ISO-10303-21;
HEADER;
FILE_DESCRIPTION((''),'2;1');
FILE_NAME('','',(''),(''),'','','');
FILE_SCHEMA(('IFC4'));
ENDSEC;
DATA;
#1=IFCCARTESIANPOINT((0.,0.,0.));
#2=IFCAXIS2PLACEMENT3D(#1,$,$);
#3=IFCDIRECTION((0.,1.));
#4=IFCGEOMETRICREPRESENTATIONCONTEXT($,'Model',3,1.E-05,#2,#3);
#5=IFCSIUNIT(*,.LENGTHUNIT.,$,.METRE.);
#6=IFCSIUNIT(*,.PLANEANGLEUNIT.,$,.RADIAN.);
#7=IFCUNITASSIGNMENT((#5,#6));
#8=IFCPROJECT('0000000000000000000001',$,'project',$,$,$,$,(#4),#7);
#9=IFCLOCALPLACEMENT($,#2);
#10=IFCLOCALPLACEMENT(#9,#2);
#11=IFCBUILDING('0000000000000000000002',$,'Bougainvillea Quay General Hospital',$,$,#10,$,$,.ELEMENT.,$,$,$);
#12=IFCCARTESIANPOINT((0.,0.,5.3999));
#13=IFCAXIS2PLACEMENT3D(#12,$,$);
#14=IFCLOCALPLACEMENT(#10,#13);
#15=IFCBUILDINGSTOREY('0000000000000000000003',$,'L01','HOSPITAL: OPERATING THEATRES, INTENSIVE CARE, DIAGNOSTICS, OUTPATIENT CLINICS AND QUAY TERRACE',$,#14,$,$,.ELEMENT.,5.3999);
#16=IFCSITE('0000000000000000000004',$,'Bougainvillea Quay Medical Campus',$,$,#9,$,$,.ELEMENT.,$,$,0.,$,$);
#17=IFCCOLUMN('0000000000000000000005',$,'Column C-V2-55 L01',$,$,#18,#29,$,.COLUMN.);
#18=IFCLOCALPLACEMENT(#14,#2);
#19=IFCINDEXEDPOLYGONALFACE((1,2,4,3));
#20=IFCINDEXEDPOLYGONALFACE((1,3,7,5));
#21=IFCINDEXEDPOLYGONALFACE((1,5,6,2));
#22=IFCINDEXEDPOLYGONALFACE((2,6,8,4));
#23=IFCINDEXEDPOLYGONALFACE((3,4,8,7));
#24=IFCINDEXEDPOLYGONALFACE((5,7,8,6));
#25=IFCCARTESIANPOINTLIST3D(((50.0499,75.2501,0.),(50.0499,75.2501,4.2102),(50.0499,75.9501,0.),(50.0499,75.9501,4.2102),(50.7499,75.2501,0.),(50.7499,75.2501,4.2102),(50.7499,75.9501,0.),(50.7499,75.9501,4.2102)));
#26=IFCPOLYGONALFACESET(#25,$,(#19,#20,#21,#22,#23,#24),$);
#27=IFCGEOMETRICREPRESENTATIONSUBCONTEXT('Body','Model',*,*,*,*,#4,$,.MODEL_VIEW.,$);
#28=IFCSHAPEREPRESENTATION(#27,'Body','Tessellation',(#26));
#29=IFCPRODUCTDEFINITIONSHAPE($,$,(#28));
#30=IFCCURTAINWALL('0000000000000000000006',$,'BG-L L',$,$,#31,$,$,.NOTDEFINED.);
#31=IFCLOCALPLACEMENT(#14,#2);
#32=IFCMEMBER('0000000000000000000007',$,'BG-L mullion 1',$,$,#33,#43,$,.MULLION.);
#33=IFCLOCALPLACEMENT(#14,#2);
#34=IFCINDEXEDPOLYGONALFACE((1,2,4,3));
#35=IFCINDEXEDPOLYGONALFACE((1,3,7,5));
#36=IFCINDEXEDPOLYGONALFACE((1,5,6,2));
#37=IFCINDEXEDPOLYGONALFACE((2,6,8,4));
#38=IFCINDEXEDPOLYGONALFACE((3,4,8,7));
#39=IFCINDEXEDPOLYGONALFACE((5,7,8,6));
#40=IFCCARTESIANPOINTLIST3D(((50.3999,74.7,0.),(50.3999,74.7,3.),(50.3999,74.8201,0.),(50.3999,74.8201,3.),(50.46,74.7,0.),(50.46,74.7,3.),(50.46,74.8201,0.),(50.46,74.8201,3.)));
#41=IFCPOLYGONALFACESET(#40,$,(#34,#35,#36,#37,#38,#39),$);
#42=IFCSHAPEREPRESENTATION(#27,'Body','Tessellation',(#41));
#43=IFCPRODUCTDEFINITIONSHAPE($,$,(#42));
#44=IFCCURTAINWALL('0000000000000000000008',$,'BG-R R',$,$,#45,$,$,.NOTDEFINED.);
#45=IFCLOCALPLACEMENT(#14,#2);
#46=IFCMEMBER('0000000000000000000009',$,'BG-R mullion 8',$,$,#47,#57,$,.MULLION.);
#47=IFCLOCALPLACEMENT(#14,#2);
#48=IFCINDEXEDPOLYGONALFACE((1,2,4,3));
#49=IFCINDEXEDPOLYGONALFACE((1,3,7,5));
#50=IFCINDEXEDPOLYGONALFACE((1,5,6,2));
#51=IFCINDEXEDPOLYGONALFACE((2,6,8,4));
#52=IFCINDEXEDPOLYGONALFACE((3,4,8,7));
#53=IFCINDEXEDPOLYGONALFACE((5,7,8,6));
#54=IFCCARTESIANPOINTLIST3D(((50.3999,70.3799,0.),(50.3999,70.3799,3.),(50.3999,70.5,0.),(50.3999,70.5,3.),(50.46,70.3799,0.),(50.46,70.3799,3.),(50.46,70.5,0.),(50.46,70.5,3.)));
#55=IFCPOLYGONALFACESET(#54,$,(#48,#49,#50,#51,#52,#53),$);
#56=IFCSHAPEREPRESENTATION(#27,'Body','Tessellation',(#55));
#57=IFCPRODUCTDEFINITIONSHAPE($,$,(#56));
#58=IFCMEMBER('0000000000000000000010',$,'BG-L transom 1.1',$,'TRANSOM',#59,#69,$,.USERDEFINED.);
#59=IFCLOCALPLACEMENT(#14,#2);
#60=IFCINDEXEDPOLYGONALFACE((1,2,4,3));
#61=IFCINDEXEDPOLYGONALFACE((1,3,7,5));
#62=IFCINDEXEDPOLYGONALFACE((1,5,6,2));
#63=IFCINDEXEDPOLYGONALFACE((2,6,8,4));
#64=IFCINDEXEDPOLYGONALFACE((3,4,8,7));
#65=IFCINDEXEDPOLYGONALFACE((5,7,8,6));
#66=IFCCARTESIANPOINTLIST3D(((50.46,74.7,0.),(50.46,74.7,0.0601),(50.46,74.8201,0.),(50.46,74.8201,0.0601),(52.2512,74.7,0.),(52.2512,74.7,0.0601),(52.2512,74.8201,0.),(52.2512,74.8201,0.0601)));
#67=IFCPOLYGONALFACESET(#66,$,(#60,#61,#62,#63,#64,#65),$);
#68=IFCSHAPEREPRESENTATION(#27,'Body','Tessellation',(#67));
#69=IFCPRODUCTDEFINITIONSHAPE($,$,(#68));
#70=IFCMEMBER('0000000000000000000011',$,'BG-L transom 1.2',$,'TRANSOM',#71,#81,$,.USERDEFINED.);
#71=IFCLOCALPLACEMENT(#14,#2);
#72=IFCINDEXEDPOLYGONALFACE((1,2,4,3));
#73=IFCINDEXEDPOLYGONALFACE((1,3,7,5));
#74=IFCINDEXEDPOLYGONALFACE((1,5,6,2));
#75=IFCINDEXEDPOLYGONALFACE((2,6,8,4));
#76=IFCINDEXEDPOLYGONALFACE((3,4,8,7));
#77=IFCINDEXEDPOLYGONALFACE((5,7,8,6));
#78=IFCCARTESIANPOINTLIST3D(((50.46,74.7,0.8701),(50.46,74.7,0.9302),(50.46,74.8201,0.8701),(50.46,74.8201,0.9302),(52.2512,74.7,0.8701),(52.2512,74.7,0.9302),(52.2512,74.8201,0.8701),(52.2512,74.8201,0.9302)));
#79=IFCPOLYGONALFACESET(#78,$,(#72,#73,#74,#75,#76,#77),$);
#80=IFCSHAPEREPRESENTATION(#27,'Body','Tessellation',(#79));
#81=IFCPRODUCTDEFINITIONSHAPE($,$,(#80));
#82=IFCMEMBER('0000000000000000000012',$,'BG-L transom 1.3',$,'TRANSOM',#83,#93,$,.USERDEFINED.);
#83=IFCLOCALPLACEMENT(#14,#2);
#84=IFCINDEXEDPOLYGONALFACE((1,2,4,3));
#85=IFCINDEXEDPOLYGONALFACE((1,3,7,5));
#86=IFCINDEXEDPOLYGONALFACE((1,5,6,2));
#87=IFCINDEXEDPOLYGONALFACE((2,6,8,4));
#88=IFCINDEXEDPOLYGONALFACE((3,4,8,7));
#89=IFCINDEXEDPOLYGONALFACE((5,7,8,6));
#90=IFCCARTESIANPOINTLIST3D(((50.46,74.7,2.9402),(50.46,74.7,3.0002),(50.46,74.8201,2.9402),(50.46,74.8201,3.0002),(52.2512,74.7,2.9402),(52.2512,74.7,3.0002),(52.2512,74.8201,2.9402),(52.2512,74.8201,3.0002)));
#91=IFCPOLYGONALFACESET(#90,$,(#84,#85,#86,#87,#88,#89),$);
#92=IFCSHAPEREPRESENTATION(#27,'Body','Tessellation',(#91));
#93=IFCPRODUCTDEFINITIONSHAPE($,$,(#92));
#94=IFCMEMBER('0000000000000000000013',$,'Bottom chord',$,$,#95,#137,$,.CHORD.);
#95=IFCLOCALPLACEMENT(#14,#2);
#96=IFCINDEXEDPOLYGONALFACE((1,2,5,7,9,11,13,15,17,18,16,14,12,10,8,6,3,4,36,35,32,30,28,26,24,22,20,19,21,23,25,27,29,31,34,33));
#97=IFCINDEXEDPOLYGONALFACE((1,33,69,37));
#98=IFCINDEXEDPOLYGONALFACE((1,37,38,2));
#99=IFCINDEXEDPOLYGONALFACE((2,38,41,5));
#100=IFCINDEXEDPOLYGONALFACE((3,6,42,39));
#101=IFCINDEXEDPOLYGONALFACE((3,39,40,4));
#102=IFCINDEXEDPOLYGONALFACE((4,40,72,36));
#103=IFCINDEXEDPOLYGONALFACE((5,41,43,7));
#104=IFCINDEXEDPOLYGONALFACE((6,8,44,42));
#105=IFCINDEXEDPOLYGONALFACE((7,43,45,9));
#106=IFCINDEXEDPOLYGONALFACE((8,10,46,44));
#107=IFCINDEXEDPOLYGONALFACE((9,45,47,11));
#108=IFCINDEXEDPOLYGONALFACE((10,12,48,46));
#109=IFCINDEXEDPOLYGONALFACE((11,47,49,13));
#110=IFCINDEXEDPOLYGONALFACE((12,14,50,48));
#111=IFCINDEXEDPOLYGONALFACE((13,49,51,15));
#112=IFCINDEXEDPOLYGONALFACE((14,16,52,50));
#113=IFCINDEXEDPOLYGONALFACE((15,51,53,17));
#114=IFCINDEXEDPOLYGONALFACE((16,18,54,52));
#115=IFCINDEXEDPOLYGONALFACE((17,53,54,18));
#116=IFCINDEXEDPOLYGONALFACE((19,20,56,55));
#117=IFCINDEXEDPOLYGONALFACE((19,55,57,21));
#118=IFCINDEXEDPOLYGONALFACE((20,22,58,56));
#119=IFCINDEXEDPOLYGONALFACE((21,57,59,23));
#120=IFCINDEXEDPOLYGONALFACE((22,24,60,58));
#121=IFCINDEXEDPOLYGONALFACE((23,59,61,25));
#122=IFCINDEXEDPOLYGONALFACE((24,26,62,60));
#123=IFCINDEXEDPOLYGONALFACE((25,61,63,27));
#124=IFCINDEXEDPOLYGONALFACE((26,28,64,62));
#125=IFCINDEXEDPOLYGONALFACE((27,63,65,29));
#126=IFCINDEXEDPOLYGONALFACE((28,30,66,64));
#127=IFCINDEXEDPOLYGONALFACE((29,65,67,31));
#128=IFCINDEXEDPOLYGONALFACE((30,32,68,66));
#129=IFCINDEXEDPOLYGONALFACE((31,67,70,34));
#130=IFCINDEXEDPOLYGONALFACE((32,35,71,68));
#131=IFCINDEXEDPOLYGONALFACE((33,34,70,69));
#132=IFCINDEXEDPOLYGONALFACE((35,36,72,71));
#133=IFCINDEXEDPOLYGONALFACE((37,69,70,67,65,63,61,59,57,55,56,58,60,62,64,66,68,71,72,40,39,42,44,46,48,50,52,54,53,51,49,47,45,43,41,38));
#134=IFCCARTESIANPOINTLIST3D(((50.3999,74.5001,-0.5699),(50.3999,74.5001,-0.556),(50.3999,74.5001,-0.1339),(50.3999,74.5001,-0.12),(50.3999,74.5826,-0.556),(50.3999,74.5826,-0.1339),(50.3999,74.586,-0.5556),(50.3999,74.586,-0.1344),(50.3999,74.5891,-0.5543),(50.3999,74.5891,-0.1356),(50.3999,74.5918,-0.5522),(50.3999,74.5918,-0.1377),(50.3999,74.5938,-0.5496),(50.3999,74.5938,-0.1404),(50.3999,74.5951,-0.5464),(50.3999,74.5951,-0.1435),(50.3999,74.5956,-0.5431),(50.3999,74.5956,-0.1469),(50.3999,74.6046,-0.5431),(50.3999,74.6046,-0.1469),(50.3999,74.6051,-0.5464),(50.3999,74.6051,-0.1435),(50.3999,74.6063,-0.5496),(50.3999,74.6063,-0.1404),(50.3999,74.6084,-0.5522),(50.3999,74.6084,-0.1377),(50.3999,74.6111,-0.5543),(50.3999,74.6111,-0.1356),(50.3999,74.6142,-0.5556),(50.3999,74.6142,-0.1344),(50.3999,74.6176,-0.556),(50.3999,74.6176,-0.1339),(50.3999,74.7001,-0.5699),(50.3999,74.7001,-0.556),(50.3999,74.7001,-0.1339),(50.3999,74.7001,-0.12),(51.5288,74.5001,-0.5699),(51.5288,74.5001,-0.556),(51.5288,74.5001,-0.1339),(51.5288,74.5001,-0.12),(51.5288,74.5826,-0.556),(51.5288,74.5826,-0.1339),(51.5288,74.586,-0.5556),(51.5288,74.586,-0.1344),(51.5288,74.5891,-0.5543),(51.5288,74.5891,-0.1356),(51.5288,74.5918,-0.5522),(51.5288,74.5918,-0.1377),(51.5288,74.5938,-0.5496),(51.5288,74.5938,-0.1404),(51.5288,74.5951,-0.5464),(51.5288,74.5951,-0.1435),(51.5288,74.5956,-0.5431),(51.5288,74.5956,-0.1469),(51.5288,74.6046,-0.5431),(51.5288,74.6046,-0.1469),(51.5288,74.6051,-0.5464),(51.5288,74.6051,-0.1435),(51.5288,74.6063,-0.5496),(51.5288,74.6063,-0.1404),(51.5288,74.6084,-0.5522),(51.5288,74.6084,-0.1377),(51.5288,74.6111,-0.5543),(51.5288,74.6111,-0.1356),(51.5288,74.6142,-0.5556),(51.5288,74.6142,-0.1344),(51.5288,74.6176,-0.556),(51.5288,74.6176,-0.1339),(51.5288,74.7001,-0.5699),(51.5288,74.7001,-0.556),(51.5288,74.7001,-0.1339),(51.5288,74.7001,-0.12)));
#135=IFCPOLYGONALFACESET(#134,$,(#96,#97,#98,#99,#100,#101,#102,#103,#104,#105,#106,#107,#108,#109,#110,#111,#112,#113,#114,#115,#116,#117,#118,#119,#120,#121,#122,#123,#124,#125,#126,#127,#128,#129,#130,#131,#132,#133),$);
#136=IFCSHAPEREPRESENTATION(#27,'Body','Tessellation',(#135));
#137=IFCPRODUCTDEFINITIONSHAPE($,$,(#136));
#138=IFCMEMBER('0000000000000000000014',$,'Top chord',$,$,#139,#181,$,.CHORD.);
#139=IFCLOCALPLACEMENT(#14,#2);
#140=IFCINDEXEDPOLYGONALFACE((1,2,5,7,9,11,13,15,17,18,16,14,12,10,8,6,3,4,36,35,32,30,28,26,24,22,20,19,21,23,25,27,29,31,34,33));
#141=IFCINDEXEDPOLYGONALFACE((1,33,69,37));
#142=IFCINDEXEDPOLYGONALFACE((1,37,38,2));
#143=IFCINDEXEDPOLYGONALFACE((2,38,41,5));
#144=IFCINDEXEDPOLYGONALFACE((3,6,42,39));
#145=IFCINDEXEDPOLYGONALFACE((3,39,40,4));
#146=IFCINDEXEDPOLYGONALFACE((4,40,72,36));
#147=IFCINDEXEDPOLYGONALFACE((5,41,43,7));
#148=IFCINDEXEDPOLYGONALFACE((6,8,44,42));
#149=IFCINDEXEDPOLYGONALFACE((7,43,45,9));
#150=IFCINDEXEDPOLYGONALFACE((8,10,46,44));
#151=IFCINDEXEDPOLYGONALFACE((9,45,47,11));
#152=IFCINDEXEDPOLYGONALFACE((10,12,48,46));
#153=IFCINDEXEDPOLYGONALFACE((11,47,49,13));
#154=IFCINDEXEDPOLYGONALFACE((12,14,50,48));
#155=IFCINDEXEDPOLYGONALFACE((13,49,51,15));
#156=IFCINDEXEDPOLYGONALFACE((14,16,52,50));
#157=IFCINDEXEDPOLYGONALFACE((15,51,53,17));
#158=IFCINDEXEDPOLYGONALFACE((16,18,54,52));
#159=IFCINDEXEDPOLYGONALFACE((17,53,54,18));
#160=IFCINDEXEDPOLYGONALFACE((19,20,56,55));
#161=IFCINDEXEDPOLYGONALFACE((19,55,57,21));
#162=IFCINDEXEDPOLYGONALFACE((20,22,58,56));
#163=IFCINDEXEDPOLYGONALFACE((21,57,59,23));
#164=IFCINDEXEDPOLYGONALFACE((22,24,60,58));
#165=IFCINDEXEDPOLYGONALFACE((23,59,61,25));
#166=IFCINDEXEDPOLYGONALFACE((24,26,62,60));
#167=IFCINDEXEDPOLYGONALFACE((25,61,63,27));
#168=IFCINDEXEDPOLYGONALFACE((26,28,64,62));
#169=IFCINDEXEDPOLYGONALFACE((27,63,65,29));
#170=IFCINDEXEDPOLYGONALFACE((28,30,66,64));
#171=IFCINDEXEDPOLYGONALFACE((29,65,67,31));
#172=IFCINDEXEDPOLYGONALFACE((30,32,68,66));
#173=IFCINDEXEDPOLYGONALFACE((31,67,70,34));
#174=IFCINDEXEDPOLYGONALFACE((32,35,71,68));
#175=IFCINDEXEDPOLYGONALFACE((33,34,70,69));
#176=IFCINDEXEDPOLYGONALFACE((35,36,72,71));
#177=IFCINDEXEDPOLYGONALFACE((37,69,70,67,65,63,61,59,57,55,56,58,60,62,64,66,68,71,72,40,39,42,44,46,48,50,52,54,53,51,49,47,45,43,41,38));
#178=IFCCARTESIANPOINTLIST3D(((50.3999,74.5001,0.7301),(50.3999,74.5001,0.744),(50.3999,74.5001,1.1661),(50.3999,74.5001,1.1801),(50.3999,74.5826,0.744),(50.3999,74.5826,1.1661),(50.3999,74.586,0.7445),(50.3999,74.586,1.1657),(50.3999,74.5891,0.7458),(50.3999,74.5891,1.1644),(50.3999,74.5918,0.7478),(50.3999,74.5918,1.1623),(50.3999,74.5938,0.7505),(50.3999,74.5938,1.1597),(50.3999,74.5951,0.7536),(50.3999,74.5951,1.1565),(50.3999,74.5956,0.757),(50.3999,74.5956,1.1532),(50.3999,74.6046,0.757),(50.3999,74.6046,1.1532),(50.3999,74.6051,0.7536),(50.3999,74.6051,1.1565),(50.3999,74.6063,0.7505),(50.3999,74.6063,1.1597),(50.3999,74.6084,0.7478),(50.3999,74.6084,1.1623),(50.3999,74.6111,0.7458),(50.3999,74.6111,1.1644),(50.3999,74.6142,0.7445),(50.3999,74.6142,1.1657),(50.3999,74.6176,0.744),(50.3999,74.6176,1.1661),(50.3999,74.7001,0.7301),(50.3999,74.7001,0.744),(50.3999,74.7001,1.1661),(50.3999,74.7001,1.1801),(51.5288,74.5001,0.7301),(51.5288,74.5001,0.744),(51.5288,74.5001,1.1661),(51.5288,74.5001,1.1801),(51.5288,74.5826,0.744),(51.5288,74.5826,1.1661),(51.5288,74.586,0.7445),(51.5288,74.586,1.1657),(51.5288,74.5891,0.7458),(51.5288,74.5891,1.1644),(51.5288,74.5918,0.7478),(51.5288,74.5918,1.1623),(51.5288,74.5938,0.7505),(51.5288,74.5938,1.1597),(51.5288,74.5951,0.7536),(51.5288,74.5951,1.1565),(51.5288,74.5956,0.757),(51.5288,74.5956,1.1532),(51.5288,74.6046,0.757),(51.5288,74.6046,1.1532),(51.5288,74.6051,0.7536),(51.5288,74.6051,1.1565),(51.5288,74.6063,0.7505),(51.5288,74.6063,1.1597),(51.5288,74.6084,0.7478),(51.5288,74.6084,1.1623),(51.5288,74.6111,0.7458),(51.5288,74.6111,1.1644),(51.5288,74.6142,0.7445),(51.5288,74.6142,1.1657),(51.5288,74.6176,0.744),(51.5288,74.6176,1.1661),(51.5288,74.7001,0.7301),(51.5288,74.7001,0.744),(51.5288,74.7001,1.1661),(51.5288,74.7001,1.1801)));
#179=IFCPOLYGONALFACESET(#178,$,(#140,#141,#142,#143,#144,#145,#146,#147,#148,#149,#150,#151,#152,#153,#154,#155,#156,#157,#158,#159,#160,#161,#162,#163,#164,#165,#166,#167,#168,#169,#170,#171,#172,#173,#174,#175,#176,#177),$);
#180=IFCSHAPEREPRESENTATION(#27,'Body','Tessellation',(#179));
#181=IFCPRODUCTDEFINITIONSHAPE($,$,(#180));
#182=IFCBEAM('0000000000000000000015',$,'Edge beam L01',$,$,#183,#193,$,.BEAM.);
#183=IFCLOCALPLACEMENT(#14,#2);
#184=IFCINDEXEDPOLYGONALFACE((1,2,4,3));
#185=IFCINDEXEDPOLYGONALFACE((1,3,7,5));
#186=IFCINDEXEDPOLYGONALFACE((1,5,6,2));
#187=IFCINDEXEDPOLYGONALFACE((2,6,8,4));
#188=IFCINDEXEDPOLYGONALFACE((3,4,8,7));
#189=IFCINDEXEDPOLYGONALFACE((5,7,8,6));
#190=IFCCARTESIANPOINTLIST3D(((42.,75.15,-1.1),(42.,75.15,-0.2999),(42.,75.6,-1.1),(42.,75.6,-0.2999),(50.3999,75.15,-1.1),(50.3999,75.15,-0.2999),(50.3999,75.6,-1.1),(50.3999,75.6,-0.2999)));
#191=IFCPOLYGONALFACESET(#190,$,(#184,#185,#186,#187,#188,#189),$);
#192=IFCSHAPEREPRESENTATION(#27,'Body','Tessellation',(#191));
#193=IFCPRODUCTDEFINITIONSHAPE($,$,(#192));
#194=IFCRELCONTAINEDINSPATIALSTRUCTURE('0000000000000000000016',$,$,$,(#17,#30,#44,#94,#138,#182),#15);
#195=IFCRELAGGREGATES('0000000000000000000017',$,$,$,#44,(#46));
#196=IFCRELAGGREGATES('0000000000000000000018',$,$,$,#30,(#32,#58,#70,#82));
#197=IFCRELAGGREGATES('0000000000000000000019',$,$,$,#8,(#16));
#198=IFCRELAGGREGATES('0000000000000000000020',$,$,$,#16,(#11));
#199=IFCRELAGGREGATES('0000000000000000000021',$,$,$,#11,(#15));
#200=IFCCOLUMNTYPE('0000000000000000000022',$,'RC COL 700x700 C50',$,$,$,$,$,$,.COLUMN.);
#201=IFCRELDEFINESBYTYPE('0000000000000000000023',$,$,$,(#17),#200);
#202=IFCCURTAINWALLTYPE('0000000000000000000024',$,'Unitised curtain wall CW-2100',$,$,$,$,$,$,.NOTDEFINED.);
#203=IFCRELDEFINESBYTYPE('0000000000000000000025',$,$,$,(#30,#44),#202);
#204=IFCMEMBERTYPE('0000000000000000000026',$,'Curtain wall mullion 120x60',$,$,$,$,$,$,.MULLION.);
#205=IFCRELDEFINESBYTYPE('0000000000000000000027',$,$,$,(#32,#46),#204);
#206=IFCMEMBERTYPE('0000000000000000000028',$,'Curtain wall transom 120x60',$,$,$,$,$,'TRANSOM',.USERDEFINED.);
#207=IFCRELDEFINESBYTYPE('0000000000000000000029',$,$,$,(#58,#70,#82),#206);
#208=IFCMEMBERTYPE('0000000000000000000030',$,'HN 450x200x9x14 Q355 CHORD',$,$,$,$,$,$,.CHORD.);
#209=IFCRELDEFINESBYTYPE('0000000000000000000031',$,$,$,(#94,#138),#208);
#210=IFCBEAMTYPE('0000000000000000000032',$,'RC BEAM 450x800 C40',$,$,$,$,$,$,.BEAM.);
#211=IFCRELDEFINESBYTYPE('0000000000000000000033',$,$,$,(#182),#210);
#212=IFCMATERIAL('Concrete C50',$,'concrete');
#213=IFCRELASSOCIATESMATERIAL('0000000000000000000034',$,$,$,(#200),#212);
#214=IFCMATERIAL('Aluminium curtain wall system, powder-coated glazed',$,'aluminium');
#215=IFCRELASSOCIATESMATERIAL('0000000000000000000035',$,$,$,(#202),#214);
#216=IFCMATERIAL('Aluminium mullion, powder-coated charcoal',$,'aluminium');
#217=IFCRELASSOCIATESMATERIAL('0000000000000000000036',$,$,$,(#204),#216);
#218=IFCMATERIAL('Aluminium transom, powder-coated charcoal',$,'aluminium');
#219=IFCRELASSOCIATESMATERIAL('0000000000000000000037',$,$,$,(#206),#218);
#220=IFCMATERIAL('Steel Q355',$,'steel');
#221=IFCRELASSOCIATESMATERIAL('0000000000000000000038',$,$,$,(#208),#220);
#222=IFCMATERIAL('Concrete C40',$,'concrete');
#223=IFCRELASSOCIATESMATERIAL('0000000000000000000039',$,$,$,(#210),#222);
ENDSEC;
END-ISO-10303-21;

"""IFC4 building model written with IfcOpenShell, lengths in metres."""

from ifc_helpers import new_model, si_unit, direction, frame, origin, origin_2d, place, context, subcontext, project, spatial, rectangle, i_section, extrude, material, material_profile, profile_set, type_object, element, aggregate, save


model = new_model("IFC4")

# Units and contexts
model_context = context("Model", 3, precision=1e-05, world=origin(), true_north=direction((0.0, 1.0)))
body_context = subcontext(model_context, "Body", "Model", "MODEL_VIEW")
ifc_project = project(units=[si_unit("LENGTHUNIT", "METRE"), si_unit("PLANEANGLEUNIT", "RADIAN")], contexts=[model_context])

# Site, building, storey
site_placement = place(None, origin())
site = spatial("IfcSite", under=ifc_project, at=site_placement, Name="Bougainvillea Quay Medical Campus", CompositionType="ELEMENT", RefElevation=0.0)
building_placement = place(site_placement, origin())
building = spatial("IfcBuilding", under=site, at=building_placement, Name="Bougainvillea Quay General Hospital", CompositionType="ELEMENT")
storey_placement = place(building_placement, frame((0.0, 0.0, 5.3999)))
storey = spatial("IfcBuildingStorey", under=building, at=storey_placement, Name="L01", Description="HOSPITAL: OPERATING THEATRES, INTENSIVE CARE, DIAGNOSTICS, OUTPATIENT CLINICS AND QUAY TERRACE", CompositionType="ELEMENT", Elevation=5.3999)

# Column
ifc_material_1 = material(Name="Concrete C50", Category="concrete")
ifc_material_profile_1 = material_profile(ifc_material_1, rectangle(XDim=0.7, YDim=0.7, at=origin_2d()))
ifc_profile_set_1 = profile_set([ifc_material_profile_1], Name="Concrete C50")
column_type = type_object("IfcColumnType", Name="RC COL 700x700 C50", PredefinedType="COLUMN", material=ifc_profile_set_1)
column_placement = place(storey_placement, frame((50.3999, 75.6001, 0.0), z_axis=(0.0, 0.0, 1.0), x_axis=(1.0, 0.0, 0.0)))
element("IfcColumn", 1, at=column_placement, inside=storey, type_object=column_type, Name="Column C-V2-55 L01", PredefinedType="COLUMN", context=body_context, shape_type="SweptSolid", body=[
    extrude(rectangle(XDim=0.7, YDim=0.7, at=origin_2d()), origin(), (0.0, 0.0, 1.0), 4.2102),
])

# Curtain walls, members
ifc_material_2 = material(Name="Aluminium curtain wall system, powder-coated glazed", Category="aluminium")
curtain_wall_type = type_object("IfcCurtainWallType", Name="Unitised curtain wall CW-2100", PredefinedType="NOTDEFINED", material=ifc_material_2)
curtain_wall_1_placement = place(storey_placement, origin())
curtain_wall_1 = element("IfcCurtainWall", 2, at=curtain_wall_1_placement, inside=storey, type_object=curtain_wall_type, Name="BG-L L", PredefinedType="NOTDEFINED")
ifc_material_3 = material(Name="Aluminium mullion, powder-coated charcoal", Category="aluminium")
ifc_material_profile_2 = material_profile(ifc_material_3, rectangle(XDim=0.1201, YDim=0.0601, at=origin_2d()))
ifc_profile_set_2 = profile_set([ifc_material_profile_2], Name="Aluminium mullion, powder-coated charcoal")
member_type_1 = type_object("IfcMemberType", Name="Curtain wall mullion 120x60", PredefinedType="MULLION", material=ifc_profile_set_2)
member_1_placement = place(storey_placement, frame((50.4299, 74.76, 0.0), z_axis=(0.0, 0.0, 1.0), x_axis=(0.0, 1.0, 0.0)))
member_1 = element("IfcMember", 3, at=member_1_placement, type_object=member_type_1, Name="BG-L mullion 1", PredefinedType="MULLION", context=body_context, shape_type="SweptSolid", body=[
    extrude(rectangle(XDim=0.1201, YDim=0.0601, at=origin_2d()), origin(), (0.0, 0.0, 1.0), 3.0),
])
curtain_wall_2_placement = place(storey_placement, origin())
curtain_wall_2 = element("IfcCurtainWall", 4, at=curtain_wall_2_placement, inside=storey, type_object=curtain_wall_type, Name="BG-R R", PredefinedType="NOTDEFINED")
member_2_placement = place(storey_placement, frame((50.4299, 70.4399, 0.0), z_axis=(0.0, 0.0, 1.0), x_axis=(0.0, -1.0, 0.0)))
member_2 = element("IfcMember", 5, at=member_2_placement, type_object=member_type_1, Name="BG-R mullion 8", PredefinedType="MULLION", context=body_context, shape_type="SweptSolid", body=[
    extrude(rectangle(XDim=0.1201, YDim=0.0601, at=origin_2d()), origin(), (0.0, 0.0, 1.0), 3.0),
])
aggregate(curtain_wall_2, [member_2])

# Members
ifc_material_4 = material(Name="Aluminium transom, powder-coated charcoal", Category="aluminium")
ifc_material_profile_3 = material_profile(ifc_material_4, rectangle(XDim=0.1201, YDim=0.0601, at=origin_2d()))
ifc_profile_set_3 = profile_set([ifc_material_profile_3], Name="Aluminium transom, powder-coated charcoal")
member_type_2 = type_object("IfcMemberType", Name="Curtain wall transom 120x60", ElementType="TRANSOM", PredefinedType="USERDEFINED", material=ifc_profile_set_3)
member_3_placement = place(storey_placement, frame((50.46, 74.76, 0.03), z_axis=(1.0, 0.0, 0.0), x_axis=(0.0, 1.0, 0.0)))
member_3 = element("IfcMember", 6, at=member_3_placement, type_object=member_type_2, Name="BG-L transom 1.1", ObjectType="TRANSOM", PredefinedType="USERDEFINED", context=body_context, shape_type="SweptSolid", body=[
    extrude(rectangle(XDim=0.1201, YDim=0.0601, at=origin_2d()), origin(), (0.0, 0.0, 1.0), 1.7913),
])
member_4_placement = place(storey_placement, frame((50.46, 74.76, 0.9001), z_axis=(1.0, 0.0, 0.0), x_axis=(0.0, 1.0, 0.0)))
member_4 = element("IfcMember", 7, at=member_4_placement, type_object=member_type_2, Name="BG-L transom 1.2", ObjectType="TRANSOM", PredefinedType="USERDEFINED", context=body_context, shape_type="SweptSolid", body=[
    extrude(rectangle(XDim=0.1201, YDim=0.0601, at=origin_2d()), origin(), (0.0, 0.0, 1.0), 1.7913),
])
member_5_placement = place(storey_placement, frame((50.46, 74.76, 2.9702), z_axis=(1.0, 0.0, 0.0), x_axis=(0.0, 1.0, 0.0)))
member_5 = element("IfcMember", 8, at=member_5_placement, type_object=member_type_2, Name="BG-L transom 1.3", ObjectType="TRANSOM", PredefinedType="USERDEFINED", context=body_context, shape_type="SweptSolid", body=[
    extrude(rectangle(XDim=0.1201, YDim=0.0601, at=origin_2d()), origin(), (0.0, 0.0, 1.0), 1.7913),
])

# Members
ifc_material_5 = material(Name="Steel Q355", Category="steel")
ifc_material_profile_4 = material_profile(ifc_material_5, i_section(OverallWidth=0.2, OverallDepth=0.45, WebThickness=0.009, FlangeThickness=0.0139, FilletRadius=0.0129, at=origin_2d()))
ifc_profile_set_4 = profile_set([ifc_material_profile_4], Name="Steel Q355")
member_type_3 = type_object("IfcMemberType", Name="HN 450x200x9x14 Q355 CHORD", PredefinedType="CHORD", material=ifc_profile_set_4)
for number, where, z_axis, x_axis, name in (
    (9, (50.3999, 74.6001, -0.345), (1.0, 0.0, 0.0), (0.0, 1.0, 0.0), "Bottom chord"),
    (10, (50.3999, 74.6001, 0.9551), (1.0, 0.0, 0.0), (0.0, 1.0, 0.0), "Top chord"),
):
    element("IfcMember", number, at=place(storey_placement, frame(where, z_axis=z_axis, x_axis=x_axis)), inside=storey, type_object=member_type_3, Name=name, PredefinedType="CHORD", context=body_context, shape_type="SweptSolid", body=[
        extrude(i_section(OverallWidth=0.2, OverallDepth=0.45, WebThickness=0.009, FlangeThickness=0.0139, FilletRadius=0.0129, at=origin_2d()), origin(), (0.0, 0.0, 1.0), 1.1289),
    ])

# Beam
ifc_material_6 = material(Name="Concrete C40", Category="concrete")
ifc_material_profile_5 = material_profile(ifc_material_6, rectangle(XDim=0.45, YDim=0.8, at=origin_2d()))
ifc_profile_set_5 = profile_set([ifc_material_profile_5], Name="Concrete C40")
beam_type = type_object("IfcBeamType", Name="RC BEAM 450x800 C40", PredefinedType="BEAM", material=ifc_profile_set_5)
beam_placement = place(storey_placement, frame((50.3999, 75.375, -0.7), z_axis=(-1.0, 0.0, 0.0), x_axis=(0.0, -1.0, 0.0)))
element("IfcBeam", 11, at=beam_placement, inside=storey, type_object=beam_type, Name="Edge beam L01", PredefinedType="BEAM", context=body_context, shape_type="SweptSolid", body=[
    extrude(rectangle(XDim=0.45, YDim=0.8, at=origin_2d()), origin(), (0.0, 0.0, 1.0), 8.3999),
])

aggregate(curtain_wall_1, [member_1, member_3, member_4, member_5])

save(model, "model.ifc")
